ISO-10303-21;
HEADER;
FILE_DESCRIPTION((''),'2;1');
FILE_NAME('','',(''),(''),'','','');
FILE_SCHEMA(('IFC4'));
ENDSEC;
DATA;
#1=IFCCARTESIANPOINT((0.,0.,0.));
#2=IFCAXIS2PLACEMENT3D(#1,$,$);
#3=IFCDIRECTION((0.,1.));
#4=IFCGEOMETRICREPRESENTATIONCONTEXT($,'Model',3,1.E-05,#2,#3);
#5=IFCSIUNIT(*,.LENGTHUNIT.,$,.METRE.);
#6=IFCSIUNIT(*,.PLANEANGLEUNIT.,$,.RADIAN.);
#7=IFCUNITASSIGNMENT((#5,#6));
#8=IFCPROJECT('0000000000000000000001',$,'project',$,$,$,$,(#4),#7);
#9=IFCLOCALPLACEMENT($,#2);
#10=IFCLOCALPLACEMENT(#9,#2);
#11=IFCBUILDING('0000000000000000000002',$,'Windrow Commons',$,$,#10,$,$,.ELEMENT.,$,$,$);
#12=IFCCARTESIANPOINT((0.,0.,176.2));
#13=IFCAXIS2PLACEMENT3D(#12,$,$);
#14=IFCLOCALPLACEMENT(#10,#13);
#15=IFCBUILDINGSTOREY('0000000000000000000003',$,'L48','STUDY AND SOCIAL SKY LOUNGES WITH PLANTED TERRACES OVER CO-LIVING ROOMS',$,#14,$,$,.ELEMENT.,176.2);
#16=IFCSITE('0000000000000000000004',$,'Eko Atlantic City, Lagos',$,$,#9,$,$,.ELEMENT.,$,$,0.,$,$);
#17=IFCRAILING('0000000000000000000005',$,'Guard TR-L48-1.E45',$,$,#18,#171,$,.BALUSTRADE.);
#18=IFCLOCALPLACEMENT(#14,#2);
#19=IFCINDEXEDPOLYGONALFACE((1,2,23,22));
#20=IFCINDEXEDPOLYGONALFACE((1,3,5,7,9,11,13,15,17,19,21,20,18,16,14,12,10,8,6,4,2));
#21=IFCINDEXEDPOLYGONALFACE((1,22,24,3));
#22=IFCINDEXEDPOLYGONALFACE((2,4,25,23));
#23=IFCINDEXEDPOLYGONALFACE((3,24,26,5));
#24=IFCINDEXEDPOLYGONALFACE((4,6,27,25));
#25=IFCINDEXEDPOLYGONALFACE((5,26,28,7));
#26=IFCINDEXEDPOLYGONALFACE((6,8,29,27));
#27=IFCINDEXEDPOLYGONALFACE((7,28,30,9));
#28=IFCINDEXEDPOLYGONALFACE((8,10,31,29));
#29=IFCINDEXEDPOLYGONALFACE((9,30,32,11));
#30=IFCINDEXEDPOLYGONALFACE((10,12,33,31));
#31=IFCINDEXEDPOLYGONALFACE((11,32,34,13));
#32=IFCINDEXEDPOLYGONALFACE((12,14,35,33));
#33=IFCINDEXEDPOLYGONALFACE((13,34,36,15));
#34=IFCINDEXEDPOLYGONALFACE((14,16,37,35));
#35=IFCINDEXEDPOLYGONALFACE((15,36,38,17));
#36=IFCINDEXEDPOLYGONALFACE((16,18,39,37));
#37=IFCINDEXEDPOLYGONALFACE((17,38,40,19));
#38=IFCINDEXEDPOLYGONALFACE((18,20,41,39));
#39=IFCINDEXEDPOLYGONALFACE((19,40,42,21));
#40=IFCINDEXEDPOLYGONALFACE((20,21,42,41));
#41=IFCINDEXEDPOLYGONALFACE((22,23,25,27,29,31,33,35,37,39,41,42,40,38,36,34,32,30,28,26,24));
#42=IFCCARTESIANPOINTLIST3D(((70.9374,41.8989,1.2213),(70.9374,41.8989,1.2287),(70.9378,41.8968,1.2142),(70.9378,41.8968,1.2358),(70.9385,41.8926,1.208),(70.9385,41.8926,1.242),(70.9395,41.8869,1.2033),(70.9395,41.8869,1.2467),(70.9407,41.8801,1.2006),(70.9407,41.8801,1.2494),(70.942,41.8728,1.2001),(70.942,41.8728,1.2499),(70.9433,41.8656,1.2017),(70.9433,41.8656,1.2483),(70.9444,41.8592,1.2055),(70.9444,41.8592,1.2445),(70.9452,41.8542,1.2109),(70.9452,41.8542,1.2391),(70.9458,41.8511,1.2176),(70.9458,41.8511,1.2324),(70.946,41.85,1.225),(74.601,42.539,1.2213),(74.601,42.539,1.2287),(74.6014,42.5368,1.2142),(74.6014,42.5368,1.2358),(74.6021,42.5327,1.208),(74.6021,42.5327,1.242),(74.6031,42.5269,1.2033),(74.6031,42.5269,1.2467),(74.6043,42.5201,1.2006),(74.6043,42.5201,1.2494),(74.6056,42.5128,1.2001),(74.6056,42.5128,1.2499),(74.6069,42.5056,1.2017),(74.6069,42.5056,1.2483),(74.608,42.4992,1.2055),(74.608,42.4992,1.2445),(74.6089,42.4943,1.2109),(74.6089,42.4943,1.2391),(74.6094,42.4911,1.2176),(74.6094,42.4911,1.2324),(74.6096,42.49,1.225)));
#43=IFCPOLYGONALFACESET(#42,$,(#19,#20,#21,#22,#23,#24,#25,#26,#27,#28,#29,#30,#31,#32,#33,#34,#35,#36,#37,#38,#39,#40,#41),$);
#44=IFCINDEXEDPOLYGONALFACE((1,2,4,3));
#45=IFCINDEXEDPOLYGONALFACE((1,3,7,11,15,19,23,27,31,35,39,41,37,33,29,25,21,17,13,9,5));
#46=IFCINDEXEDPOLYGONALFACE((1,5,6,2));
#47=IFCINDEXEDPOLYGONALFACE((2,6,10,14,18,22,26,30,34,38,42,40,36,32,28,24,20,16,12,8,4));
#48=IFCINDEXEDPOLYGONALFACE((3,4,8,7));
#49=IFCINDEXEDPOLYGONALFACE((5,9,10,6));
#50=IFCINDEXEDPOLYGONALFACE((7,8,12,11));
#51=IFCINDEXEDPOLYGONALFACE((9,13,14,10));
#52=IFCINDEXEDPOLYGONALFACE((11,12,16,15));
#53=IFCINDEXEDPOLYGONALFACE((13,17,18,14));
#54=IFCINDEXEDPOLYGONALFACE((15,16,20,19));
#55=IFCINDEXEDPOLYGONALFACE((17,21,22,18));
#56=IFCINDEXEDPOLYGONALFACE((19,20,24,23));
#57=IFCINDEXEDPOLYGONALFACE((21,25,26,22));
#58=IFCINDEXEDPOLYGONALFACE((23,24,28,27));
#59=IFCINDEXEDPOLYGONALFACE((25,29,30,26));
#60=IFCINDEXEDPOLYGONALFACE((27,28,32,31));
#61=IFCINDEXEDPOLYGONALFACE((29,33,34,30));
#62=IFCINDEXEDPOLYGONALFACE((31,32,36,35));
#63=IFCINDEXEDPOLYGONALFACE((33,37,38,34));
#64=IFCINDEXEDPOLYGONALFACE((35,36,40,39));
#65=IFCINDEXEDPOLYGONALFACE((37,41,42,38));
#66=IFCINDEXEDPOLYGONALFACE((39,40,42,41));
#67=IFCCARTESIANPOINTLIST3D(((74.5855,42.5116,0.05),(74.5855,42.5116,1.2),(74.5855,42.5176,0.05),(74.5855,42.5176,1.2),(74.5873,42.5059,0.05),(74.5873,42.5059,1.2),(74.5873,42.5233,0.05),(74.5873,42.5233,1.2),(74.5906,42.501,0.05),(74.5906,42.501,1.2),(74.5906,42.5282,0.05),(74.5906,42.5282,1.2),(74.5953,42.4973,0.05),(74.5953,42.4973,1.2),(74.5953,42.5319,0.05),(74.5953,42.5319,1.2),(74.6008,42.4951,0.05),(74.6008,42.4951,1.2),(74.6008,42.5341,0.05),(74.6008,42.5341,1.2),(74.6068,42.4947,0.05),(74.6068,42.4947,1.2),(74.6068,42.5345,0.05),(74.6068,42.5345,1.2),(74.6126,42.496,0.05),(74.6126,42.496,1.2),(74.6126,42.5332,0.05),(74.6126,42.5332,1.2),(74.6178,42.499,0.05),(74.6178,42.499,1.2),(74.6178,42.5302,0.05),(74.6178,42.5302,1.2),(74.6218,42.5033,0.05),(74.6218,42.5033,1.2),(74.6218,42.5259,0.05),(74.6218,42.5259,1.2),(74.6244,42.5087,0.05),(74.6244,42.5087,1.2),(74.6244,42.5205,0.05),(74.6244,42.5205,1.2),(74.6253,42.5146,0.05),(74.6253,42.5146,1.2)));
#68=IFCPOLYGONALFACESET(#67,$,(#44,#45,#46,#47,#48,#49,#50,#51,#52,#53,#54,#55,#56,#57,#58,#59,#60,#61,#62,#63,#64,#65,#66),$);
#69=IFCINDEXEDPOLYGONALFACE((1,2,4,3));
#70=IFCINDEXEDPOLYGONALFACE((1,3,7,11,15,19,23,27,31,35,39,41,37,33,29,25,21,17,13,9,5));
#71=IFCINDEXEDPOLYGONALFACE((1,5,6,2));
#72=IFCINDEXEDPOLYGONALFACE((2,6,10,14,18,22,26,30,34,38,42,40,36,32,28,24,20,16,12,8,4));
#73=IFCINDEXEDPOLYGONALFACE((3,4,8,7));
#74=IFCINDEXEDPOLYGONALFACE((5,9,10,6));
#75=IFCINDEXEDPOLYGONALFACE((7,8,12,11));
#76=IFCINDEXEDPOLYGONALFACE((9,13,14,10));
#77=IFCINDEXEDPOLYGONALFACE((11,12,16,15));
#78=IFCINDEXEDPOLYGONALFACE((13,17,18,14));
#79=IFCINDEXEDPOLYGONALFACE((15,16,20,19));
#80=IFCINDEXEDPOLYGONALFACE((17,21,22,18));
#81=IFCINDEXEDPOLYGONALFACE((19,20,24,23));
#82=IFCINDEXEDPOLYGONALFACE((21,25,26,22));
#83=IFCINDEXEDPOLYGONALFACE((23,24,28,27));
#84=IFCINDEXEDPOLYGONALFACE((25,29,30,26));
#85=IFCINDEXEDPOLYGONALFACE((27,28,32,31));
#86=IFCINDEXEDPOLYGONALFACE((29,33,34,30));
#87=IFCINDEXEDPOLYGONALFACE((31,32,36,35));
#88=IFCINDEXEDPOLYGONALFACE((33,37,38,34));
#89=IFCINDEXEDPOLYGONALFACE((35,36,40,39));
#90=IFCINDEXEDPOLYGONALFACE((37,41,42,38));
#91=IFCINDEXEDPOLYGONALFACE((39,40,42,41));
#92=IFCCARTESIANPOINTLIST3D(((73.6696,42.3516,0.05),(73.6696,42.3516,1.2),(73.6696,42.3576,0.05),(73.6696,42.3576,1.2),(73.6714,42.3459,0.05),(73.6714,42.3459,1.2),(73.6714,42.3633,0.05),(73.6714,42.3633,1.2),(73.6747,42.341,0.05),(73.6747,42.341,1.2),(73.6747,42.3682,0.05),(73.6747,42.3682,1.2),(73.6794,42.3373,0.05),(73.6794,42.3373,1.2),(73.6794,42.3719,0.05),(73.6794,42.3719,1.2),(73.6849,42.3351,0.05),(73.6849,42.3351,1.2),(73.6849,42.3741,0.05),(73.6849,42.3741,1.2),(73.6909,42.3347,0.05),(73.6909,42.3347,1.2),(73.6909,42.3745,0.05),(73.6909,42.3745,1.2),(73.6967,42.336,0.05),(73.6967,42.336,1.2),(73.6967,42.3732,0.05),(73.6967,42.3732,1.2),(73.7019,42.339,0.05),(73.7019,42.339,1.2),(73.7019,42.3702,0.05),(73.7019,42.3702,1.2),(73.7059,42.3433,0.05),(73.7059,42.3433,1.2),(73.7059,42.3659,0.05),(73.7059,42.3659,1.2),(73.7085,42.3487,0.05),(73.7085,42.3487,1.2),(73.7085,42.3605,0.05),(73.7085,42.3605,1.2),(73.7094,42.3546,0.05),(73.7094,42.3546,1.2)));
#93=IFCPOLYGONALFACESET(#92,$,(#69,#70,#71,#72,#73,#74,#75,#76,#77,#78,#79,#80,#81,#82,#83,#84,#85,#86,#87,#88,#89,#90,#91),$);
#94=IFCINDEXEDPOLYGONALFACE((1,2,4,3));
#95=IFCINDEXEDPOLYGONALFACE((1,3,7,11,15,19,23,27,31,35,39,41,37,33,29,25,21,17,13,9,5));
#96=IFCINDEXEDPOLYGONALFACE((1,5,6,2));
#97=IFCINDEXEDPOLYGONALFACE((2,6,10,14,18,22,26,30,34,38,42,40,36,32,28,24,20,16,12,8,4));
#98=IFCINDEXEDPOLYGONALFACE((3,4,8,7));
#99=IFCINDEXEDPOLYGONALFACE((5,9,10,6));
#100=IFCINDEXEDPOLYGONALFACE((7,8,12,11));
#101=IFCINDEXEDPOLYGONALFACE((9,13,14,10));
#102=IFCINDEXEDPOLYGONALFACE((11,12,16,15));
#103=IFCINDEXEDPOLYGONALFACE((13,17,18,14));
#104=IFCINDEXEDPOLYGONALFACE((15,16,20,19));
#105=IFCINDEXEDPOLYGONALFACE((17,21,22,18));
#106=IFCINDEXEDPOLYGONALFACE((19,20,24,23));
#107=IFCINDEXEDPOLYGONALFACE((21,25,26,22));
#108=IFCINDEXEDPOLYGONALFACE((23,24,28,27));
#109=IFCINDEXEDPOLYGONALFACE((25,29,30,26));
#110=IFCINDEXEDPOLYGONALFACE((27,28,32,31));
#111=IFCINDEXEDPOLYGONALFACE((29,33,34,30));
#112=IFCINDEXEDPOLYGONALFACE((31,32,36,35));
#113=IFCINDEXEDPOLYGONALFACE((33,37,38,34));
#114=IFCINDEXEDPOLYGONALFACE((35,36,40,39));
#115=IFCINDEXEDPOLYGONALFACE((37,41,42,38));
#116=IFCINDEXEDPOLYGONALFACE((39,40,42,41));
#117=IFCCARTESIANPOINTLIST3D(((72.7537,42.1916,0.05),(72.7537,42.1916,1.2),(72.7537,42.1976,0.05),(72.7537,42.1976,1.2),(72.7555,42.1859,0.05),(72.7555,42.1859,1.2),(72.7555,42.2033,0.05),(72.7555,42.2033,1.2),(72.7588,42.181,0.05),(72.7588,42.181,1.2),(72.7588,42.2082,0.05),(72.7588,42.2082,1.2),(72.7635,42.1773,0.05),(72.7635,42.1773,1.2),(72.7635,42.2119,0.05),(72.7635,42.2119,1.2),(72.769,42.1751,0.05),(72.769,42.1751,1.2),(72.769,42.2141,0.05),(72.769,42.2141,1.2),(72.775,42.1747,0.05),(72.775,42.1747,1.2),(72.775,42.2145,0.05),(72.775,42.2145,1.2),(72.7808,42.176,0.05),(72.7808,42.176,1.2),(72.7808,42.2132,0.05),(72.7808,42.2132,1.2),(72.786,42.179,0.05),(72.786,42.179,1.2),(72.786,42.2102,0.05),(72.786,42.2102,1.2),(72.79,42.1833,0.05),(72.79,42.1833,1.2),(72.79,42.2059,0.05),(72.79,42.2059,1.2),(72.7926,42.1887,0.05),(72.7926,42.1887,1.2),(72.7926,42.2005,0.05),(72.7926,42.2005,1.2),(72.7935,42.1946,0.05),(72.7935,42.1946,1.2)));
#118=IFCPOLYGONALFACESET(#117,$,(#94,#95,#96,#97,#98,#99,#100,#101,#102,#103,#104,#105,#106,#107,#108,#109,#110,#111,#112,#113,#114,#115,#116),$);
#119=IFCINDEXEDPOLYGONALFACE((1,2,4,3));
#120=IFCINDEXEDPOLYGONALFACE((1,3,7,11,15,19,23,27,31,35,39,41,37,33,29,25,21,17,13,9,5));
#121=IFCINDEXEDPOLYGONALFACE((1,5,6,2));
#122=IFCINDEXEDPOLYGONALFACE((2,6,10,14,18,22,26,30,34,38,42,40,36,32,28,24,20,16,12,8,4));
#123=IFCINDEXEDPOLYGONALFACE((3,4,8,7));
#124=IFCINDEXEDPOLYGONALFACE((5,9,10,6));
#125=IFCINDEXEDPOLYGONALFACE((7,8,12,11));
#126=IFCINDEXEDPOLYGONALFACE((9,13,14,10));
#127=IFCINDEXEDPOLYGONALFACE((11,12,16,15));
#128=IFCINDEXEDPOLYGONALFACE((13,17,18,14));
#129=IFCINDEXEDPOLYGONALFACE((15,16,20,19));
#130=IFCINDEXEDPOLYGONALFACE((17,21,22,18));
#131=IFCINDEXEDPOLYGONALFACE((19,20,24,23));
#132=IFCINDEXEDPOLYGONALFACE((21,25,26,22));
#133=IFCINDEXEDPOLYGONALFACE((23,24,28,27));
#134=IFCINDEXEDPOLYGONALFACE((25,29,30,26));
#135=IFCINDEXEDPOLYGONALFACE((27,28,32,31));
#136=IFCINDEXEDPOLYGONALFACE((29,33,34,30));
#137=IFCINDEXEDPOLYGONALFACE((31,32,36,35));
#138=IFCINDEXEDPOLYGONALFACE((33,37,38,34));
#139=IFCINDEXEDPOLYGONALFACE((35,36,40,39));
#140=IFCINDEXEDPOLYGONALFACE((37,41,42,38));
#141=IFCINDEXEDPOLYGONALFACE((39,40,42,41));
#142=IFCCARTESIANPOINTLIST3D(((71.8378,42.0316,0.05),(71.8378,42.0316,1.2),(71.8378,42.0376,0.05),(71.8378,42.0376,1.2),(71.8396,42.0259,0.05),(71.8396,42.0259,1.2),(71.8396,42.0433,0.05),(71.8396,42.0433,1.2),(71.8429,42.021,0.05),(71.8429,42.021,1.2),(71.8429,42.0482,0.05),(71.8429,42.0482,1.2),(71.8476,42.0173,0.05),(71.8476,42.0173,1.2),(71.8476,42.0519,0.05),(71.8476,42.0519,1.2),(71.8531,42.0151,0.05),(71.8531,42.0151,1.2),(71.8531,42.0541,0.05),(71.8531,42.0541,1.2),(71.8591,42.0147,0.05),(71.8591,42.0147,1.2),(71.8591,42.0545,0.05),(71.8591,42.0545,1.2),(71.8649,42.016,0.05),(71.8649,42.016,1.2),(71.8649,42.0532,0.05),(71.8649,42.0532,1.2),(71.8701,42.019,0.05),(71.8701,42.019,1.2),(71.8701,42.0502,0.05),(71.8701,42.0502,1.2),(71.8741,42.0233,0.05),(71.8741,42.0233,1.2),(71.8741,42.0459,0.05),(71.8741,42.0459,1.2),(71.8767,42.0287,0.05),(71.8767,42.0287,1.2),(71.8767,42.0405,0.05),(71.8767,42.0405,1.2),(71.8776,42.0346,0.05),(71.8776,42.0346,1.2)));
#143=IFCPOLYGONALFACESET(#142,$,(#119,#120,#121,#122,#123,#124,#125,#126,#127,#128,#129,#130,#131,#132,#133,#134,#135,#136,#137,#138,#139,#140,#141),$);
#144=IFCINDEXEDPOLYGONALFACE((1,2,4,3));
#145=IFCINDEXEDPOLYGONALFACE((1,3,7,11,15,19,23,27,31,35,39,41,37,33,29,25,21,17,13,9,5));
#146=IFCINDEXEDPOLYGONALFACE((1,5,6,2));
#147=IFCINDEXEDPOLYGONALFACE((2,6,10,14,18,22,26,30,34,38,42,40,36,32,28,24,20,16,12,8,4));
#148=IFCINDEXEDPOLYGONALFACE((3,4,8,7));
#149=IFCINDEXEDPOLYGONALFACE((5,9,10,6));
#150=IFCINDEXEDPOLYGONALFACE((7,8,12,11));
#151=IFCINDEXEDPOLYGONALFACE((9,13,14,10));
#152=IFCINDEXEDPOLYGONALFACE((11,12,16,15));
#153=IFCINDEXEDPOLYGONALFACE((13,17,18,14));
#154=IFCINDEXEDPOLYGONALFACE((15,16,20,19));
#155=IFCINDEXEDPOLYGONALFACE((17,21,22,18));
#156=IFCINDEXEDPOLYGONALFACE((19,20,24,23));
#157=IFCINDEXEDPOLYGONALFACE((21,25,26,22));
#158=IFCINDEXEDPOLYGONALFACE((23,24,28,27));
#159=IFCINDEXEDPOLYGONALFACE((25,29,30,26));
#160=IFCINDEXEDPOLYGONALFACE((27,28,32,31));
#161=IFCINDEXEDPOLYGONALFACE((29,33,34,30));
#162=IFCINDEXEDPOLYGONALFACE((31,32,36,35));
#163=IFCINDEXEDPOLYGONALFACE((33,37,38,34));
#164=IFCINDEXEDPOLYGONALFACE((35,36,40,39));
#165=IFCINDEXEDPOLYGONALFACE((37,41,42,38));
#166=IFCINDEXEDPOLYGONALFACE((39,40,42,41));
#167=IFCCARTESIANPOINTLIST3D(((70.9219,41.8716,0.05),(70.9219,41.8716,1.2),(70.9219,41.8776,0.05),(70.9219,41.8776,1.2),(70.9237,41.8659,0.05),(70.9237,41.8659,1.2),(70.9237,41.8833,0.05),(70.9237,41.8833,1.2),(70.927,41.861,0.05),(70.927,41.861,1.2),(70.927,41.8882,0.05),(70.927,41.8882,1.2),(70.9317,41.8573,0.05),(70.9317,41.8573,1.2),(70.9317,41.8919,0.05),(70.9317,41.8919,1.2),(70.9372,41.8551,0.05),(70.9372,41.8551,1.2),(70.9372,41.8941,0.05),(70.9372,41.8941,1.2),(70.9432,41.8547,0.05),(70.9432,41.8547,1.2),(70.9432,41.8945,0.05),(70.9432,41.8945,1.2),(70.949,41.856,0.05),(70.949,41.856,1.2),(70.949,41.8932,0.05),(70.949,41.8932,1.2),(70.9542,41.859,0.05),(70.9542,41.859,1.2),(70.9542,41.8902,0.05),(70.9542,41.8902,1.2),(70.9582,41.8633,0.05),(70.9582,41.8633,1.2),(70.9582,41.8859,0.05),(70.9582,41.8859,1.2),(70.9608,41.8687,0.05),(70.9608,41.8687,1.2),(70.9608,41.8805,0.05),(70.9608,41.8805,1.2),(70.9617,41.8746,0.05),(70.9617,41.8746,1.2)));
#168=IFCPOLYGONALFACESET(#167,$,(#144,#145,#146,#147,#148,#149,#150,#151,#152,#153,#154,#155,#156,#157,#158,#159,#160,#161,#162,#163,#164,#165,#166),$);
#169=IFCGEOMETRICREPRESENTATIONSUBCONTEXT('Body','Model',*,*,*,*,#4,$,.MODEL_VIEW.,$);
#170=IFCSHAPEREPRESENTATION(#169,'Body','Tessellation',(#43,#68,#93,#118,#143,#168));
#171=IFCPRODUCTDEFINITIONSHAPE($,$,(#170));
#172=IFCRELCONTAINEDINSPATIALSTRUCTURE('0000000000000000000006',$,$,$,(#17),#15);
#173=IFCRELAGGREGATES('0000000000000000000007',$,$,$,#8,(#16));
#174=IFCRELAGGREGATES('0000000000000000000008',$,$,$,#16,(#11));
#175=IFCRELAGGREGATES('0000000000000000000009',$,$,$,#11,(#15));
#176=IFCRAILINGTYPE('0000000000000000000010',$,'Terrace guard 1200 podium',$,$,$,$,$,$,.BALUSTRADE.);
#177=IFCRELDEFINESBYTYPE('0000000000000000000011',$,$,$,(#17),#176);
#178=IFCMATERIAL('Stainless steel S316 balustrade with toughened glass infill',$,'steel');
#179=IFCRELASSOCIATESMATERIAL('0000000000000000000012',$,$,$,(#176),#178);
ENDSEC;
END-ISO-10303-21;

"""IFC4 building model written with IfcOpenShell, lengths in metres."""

from ifc_helpers import new_model, si_unit, direction, frame, origin, origin_2d, place, context, subcontext, project, spatial, circle, extrude, material, type_object, element, save


model = new_model("IFC4")

# Units and contexts
model_context = context("Model", 3, precision=1e-05, world=origin(), true_north=direction((0.0, 1.0)))
body_context = subcontext(model_context, "Body", "Model", "MODEL_VIEW")
ifc_project = project(units=[si_unit("LENGTHUNIT", "METRE"), si_unit("PLANEANGLEUNIT", "RADIAN")], contexts=[model_context])

# Site, building, storey
site_placement = place(None, origin())
site = spatial("IfcSite", under=ifc_project, at=site_placement, Name="Eko Atlantic City, Lagos", CompositionType="ELEMENT", RefElevation=0.0)
building_placement = place(site_placement, origin())
building = spatial("IfcBuilding", under=site, at=building_placement, Name="Windrow Commons", CompositionType="ELEMENT")
storey_placement = place(building_placement, frame((0.0, 0.0, 176.2)))
storey = spatial("IfcBuildingStorey", under=building, at=storey_placement, Name="L48", Description="STUDY AND SOCIAL SKY LOUNGES WITH PLANTED TERRACES OVER CO-LIVING ROOMS", CompositionType="ELEMENT", Elevation=176.2)

# Railing
ifc_material_1 = material(Name="Stainless steel S316 balustrade with toughened glass infill", Category="steel")
railing_type = type_object("IfcRailingType", Name="Terrace guard 1200 podium", PredefinedType="BALUSTRADE", material=ifc_material_1)
railing_1_placement = place(storey_placement, frame((74.6053, 42.5146, 0.05)))
element("IfcRailing", 1, at=railing_1_placement, inside=storey, type_object=railing_type, Name="Guard TR-L48-1.E45", PredefinedType="BALUSTRADE", context=body_context, shape_type="SweptSolid", body=[
    extrude(circle(Radius=0.025, at=origin_2d()), frame((0.0, 0.0, 1.175), z_axis=(-0.985082, -0.172086, 0.0), x_axis=(0.172086, -0.985082, 0.0)), (0.0, 0.0, 1.0), 3.7191),
    extrude(circle(Radius=0.02, at=origin_2d()), origin(), (0.0, 0.0, 1.0), 1.15),
    extrude(circle(Radius=0.02, at=origin_2d()), frame((-0.9159, -0.16, 0.0)), (0.0, 0.0, 1.0), 1.15),
    extrude(circle(Radius=0.02, at=origin_2d()), frame((-1.8318, -0.32, 0.0)), (0.0, 0.0, 1.0), 1.15),
    extrude(circle(Radius=0.02, at=origin_2d()), frame((-2.7477, -0.48, 0.0)), (0.0, 0.0, 1.0), 1.15),
    extrude(circle(Radius=0.02, at=origin_2d()), frame((-3.6636, -0.64, 0.0)), (0.0, 0.0, 1.0), 1.15),
])

save(model, "model.ifc")
